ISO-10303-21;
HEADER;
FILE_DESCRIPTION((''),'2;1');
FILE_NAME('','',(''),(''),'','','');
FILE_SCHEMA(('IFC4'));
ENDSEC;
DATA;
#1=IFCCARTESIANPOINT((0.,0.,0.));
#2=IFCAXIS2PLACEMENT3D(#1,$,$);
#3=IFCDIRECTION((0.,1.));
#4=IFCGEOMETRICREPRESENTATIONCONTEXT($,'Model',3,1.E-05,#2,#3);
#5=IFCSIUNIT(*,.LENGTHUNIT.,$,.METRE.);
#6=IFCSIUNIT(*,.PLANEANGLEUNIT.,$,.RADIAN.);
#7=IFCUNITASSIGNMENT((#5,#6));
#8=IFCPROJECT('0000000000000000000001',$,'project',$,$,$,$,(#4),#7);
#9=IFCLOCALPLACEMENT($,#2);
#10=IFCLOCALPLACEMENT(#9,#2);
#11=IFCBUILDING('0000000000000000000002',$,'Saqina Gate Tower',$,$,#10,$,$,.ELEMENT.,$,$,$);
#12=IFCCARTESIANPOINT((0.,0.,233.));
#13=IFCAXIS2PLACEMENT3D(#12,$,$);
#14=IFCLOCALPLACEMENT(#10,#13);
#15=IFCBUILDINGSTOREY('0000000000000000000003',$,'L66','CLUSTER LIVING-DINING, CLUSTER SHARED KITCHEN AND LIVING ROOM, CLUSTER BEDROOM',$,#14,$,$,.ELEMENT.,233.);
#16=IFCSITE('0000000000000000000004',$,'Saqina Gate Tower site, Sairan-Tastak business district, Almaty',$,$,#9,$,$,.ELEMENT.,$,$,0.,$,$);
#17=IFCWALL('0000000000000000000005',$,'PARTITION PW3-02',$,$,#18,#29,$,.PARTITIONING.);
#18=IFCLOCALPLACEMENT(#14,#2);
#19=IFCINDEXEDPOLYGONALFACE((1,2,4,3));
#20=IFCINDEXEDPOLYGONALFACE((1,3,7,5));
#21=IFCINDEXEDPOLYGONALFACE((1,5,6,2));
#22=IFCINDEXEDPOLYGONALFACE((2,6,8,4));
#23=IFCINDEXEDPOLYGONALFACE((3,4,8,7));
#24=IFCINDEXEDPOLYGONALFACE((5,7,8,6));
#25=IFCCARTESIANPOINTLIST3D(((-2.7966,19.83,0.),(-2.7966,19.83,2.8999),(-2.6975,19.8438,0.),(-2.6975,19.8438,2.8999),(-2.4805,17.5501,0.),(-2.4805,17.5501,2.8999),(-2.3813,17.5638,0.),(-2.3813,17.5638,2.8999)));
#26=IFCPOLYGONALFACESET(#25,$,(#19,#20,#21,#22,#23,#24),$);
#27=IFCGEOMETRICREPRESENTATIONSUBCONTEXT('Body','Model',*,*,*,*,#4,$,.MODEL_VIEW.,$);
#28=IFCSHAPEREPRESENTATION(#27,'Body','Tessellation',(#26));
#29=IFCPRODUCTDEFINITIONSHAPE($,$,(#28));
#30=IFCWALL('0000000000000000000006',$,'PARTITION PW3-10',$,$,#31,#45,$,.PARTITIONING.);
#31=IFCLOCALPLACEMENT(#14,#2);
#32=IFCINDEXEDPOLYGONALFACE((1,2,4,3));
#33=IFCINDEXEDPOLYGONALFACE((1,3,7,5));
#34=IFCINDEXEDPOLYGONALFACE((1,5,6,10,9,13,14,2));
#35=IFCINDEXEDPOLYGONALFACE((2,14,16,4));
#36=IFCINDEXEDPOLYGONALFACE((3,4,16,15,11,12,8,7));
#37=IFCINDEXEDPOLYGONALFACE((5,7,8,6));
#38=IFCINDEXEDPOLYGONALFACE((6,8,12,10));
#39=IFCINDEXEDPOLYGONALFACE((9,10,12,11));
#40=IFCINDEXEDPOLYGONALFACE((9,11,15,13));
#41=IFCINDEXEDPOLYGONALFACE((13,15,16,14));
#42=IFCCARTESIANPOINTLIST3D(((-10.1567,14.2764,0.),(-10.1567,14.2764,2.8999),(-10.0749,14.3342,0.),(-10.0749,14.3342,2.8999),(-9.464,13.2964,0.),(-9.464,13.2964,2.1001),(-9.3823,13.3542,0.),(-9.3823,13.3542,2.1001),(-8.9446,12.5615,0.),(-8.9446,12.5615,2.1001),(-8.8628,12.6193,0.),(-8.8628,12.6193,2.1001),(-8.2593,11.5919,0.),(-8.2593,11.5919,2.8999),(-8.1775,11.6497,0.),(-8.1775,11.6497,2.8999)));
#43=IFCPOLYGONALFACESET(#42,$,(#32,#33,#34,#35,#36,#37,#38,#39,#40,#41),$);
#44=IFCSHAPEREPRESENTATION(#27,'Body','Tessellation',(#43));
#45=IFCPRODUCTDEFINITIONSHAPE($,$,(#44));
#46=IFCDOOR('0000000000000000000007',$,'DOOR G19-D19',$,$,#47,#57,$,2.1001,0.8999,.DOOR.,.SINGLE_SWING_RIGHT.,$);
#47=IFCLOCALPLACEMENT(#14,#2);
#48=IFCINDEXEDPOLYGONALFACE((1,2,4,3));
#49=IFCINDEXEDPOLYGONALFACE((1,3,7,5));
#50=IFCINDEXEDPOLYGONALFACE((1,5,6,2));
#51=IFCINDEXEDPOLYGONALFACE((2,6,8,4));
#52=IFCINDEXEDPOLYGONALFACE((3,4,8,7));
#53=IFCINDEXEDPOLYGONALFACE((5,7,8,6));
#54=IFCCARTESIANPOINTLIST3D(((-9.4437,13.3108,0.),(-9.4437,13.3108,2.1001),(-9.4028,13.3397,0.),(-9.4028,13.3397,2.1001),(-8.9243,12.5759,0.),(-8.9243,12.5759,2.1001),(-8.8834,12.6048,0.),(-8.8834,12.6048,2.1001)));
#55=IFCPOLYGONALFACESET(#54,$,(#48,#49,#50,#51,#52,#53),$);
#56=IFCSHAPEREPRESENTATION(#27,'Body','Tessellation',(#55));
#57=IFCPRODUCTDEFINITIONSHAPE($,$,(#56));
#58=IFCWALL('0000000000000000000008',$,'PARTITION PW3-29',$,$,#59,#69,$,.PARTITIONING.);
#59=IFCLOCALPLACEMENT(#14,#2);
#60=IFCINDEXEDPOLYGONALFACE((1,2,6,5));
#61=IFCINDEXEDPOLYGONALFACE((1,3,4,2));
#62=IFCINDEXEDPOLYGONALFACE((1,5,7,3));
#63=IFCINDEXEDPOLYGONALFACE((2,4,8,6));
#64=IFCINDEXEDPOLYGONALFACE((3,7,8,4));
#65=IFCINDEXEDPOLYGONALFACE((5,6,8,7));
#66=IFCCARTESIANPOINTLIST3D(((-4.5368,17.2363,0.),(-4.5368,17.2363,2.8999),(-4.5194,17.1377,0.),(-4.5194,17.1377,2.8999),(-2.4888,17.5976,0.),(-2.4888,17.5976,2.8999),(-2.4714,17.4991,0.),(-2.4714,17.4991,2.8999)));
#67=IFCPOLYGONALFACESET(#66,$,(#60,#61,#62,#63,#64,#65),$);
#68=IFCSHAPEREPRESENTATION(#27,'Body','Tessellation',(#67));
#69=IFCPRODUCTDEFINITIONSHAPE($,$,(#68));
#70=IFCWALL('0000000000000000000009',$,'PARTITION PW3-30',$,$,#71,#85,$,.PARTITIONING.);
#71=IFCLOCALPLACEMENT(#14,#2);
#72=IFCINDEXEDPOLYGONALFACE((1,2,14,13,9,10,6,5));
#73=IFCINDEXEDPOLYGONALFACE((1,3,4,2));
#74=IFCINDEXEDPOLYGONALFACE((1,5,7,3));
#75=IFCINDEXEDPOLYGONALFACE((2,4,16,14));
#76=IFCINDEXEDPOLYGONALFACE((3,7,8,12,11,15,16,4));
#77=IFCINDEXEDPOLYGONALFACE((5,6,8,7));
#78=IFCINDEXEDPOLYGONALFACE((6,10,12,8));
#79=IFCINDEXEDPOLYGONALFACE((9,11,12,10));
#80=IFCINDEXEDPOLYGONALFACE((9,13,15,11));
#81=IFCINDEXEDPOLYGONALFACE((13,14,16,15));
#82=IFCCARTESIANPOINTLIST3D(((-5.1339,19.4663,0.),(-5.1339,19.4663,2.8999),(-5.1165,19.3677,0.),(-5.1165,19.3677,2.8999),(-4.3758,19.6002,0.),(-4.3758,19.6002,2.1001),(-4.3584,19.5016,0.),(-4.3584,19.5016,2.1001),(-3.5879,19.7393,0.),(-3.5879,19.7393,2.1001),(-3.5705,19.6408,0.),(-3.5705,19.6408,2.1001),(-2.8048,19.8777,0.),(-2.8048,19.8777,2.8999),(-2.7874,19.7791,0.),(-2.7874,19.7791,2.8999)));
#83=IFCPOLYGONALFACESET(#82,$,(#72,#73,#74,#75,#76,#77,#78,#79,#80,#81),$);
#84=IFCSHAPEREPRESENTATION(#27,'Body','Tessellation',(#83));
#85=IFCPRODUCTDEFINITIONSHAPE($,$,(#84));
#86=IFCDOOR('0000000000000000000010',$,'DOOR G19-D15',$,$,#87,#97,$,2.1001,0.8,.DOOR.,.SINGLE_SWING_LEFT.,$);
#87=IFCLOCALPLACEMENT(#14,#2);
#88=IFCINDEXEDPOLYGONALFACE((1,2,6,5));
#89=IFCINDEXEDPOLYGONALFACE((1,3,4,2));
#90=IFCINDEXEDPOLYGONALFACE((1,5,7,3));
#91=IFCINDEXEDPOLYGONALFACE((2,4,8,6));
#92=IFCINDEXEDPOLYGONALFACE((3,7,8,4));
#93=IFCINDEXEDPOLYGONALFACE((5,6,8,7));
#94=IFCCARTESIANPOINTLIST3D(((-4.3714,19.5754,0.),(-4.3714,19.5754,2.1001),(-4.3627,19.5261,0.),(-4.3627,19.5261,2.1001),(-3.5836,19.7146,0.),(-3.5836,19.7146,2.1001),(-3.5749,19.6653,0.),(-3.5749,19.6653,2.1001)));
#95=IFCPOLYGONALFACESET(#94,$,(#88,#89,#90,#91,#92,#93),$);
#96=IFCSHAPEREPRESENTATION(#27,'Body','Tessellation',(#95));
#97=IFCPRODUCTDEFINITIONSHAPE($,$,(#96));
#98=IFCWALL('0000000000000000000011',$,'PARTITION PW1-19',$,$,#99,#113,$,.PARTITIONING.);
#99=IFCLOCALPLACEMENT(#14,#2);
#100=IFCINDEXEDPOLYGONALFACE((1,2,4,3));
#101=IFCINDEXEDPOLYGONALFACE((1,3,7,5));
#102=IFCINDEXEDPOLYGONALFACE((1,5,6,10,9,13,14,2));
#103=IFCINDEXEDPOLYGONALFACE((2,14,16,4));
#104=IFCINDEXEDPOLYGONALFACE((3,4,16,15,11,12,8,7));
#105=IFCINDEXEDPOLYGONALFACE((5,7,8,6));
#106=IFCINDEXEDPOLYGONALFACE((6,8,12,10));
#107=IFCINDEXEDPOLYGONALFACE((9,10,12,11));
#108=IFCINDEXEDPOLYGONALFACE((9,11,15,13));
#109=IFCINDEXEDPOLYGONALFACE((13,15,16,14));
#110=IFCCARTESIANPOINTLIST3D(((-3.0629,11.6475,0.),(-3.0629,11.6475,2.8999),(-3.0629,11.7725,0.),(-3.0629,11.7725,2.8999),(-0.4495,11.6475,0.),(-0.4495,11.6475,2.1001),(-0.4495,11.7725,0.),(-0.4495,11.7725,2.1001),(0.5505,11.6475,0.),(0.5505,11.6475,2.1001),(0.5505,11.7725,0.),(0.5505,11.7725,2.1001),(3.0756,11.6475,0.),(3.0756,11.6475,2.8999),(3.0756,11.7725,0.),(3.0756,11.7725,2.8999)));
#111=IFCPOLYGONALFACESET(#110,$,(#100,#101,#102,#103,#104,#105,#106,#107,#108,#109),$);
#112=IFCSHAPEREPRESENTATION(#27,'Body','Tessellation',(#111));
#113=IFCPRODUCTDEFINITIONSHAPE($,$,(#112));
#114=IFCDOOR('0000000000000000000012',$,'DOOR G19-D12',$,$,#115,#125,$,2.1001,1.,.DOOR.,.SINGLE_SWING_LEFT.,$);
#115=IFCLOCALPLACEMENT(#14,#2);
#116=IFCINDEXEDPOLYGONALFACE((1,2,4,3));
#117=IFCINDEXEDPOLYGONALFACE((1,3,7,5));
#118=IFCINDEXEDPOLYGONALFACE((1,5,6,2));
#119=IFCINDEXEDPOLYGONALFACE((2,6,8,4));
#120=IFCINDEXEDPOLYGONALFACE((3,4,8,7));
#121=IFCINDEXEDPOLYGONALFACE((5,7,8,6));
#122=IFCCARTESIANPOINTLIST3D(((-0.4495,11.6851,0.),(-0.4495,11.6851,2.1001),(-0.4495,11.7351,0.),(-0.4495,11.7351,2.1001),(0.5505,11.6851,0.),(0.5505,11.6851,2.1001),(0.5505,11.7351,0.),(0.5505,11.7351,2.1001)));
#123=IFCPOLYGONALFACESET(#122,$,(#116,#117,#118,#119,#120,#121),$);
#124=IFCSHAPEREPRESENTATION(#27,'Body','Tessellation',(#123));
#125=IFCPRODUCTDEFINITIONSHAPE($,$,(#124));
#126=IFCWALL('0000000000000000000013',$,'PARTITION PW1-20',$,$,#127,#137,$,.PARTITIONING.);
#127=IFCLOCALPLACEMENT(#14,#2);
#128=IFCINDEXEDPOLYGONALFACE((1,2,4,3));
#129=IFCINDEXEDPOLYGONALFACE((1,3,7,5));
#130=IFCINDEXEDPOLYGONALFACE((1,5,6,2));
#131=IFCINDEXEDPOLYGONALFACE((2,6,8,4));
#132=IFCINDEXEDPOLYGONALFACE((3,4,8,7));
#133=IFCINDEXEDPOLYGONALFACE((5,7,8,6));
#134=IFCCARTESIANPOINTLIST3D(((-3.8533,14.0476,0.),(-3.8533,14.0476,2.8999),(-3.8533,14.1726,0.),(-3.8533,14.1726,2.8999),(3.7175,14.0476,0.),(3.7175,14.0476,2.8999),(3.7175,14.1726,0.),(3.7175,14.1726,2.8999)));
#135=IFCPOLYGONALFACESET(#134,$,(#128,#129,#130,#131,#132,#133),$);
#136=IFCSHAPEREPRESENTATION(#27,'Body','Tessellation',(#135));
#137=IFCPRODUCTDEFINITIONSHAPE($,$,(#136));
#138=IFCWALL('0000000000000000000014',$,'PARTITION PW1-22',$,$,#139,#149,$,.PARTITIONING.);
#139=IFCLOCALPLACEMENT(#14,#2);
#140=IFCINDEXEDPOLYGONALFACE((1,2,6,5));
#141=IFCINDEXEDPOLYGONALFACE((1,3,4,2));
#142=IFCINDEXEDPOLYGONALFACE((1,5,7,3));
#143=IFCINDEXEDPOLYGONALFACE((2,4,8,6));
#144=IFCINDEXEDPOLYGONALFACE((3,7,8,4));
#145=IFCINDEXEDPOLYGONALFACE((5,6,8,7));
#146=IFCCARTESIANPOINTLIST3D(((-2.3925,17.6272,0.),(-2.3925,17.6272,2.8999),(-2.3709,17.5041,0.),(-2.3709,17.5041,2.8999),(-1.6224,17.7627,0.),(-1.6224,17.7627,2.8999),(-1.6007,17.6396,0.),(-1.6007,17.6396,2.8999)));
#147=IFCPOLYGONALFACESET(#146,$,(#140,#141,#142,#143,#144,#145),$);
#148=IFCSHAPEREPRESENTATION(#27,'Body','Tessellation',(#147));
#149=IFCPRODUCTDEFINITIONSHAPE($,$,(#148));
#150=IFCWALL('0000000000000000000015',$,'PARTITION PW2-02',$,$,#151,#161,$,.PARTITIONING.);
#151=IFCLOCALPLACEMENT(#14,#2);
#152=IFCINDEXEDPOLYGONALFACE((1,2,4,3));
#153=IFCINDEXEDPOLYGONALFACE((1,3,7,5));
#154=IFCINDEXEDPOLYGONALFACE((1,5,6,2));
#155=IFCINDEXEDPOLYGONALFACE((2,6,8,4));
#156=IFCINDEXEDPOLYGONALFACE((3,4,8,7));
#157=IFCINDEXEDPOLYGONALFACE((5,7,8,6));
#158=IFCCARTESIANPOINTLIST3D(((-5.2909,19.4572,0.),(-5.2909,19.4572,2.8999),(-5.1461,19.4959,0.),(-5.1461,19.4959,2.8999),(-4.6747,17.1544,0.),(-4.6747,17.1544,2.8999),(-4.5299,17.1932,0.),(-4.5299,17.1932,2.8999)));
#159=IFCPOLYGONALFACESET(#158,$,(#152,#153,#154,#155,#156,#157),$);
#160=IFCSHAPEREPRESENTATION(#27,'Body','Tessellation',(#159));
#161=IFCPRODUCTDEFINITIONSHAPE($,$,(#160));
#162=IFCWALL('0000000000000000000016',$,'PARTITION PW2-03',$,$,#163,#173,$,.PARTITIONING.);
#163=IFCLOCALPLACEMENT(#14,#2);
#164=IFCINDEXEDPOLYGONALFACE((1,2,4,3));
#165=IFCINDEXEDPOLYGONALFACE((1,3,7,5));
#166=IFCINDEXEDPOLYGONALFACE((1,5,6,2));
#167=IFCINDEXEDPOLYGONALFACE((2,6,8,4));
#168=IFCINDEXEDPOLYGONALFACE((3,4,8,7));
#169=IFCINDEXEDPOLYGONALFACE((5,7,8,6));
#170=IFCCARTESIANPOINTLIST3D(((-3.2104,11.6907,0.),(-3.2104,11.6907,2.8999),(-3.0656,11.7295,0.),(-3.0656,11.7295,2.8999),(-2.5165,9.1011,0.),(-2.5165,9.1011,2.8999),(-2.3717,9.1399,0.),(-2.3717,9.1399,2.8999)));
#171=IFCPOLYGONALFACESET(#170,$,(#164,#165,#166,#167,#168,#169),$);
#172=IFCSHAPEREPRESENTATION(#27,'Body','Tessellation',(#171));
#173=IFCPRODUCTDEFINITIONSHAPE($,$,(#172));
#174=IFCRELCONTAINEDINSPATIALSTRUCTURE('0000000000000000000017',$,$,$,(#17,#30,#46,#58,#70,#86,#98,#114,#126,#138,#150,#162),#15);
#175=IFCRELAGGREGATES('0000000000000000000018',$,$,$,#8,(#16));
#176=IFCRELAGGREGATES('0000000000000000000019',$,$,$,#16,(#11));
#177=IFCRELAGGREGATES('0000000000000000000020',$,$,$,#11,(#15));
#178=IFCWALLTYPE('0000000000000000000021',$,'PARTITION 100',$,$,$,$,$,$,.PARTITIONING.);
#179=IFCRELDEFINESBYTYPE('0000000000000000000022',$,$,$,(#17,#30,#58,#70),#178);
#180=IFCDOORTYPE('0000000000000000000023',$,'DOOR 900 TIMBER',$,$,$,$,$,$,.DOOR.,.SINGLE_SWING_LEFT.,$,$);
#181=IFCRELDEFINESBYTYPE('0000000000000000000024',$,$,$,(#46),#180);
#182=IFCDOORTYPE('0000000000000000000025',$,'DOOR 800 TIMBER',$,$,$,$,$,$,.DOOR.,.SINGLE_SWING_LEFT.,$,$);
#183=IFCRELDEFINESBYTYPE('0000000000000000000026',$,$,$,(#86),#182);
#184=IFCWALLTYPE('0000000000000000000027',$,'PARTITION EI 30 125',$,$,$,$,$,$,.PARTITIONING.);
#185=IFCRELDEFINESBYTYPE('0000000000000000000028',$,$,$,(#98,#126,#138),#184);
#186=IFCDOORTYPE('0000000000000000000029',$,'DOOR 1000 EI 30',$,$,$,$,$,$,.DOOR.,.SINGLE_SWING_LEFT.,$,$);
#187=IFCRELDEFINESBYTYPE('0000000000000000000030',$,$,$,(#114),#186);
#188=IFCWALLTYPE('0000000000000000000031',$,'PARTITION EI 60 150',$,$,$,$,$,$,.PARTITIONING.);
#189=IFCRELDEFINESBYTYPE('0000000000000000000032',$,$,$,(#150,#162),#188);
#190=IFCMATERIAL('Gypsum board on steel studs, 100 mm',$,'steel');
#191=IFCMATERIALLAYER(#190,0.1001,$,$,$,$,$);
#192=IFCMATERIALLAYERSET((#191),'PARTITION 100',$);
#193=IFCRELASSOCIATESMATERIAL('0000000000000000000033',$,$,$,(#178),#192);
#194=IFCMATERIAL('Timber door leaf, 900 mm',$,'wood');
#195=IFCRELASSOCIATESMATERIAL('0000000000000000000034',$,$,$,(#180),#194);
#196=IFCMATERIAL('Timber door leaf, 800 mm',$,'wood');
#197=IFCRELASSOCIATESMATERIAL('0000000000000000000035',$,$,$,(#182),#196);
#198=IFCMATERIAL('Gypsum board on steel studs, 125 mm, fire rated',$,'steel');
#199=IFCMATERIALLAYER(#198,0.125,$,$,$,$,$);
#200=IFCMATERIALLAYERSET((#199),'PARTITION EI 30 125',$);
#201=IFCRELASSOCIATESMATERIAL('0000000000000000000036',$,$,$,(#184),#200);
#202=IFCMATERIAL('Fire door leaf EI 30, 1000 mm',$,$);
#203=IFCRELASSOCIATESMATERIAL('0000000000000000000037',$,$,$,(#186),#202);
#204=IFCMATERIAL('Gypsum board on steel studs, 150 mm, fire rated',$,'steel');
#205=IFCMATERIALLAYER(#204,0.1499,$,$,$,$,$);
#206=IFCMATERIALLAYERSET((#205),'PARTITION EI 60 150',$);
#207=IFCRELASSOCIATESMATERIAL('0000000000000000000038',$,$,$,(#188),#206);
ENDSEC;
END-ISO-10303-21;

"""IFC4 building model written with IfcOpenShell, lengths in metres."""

from ifc_helpers import new_model, si_unit, direction, frame, frame_2d, origin, place, context, subcontext, project, spatial, rectangle, extrude, material, layer, layer_set, type_object, element, fill, save


model = new_model("IFC4")

# Units and contexts
model_context = context("Model", 3, precision=1e-05, world=origin(), true_north=direction((0.0, 1.0)))
body_context = subcontext(model_context, "Body", "Model", "MODEL_VIEW")
ifc_project = project(units=[si_unit("LENGTHUNIT", "METRE"), si_unit("PLANEANGLEUNIT", "RADIAN")], contexts=[model_context])

# Site, building, storey
site_placement = place(None, origin())
site = spatial("IfcSite", under=ifc_project, at=site_placement, Name="Saqina Gate Tower site, Sairan-Tastak business district, Almaty", CompositionType="ELEMENT", RefElevation=0.0)
building_placement = place(site_placement, origin())
building = spatial("IfcBuilding", under=site, at=building_placement, Name="Saqina Gate Tower", CompositionType="ELEMENT")
storey_placement = place(building_placement, frame((0.0, 0.0, 233.0)))
storey = spatial("IfcBuildingStorey", under=building, at=storey_placement, Name="L66", Description="CLUSTER LIVING-DINING, CLUSTER SHARED KITCHEN AND LIVING ROOM, CLUSTER BEDROOM", CompositionType="ELEMENT", Elevation=233.0)

# Wall
ifc_material_1 = material(Name="Gypsum board on steel studs, 100 mm", Category="steel")
ifc_layer_1 = layer(ifc_material_1, 0.1001)
ifc_layer_set_1 = layer_set([ifc_layer_1], Name="PARTITION 100")
wall_type_1 = type_object("IfcWallType", Name="PARTITION 100", PredefinedType="PARTITIONING", material=ifc_layer_set_1)
wall_1_placement = place(storey_placement, frame((-2.7471, 19.8369, 0.0), z_axis=(0.0, 0.0, 1.0), x_axis=(0.137352, -0.990522, 0.0)))
element("IfcWall", 1, at=wall_1_placement, inside=storey, type_object=wall_type_1, Name="PARTITION PW3-02", PredefinedType="PARTITIONING", context=body_context, shape_type="SweptSolid", body=[
    extrude(rectangle(XDim=2.3018, YDim=0.1001, at=frame_2d((1.1509, 0.0))), origin(), (0.0, 0.0, 1.0), 2.8999),
])

# Wall, opening, door
wall_2_placement = place(storey_placement, frame((-10.1157, 14.3052, 0.0), z_axis=(0.0, 0.0, 1.0), x_axis=(0.577185, -0.816614, 0.0)))
wall_2 = element("IfcWall", 2, at=wall_2_placement, inside=storey, type_object=wall_type_1, Name="PARTITION PW3-10", PredefinedType="PARTITIONING", context=body_context, shape_type="SweptSolid", body=[
    extrude(rectangle(XDim=3.2874, YDim=0.1001, at=frame_2d((1.6436, 0.0))), origin(), (0.0, 0.0, 1.0), 2.8999),
])
opening_1_placement = place(wall_2_placement, frame((1.2, 0.0, 0.0)))
opening_1 = element("IfcOpeningElement", 3, at=opening_1_placement, cuts=wall_2, PredefinedType="OPENING", context=body_context, shape_type="SweptSolid", body=[
    extrude(rectangle(XDim=0.8999, YDim=2.1001, at=frame_2d((0.45, 1.05))), frame((0.0, 0.062, 0.0), z_axis=(0.0, -1.0, 0.0), x_axis=(1.0, 0.0, 0.0)), (0.0, 0.0, 1.0), 0.124),
])
ifc_material_2 = material(Name="Timber door leaf, 900 mm", Category="wood")
door_type_1 = type_object("IfcDoorType", Name="DOOR 900 TIMBER", OperationType="SINGLE_SWING_LEFT", PredefinedType="DOOR", material=ifc_material_2)
door_1_placement = place(opening_1_placement, origin())
door_1 = element("IfcDoor", 4, at=door_1_placement, inside=storey, type_object=door_type_1, Name="DOOR G19-D19", OperationType="SINGLE_SWING_RIGHT", OverallHeight=2.1001, OverallWidth=0.8999, PredefinedType="DOOR", context=body_context, shape_type="SweptSolid", body=[
    extrude(rectangle(XDim=0.8999, YDim=2.1001, at=frame_2d((0.45, 1.05))), frame((0.0, 0.0249, 0.0), z_axis=(0.0, -1.0, 0.0), x_axis=(1.0, 0.0, 0.0)), (0.0, 0.0, 1.0), 0.05),
])
fill(opening_1, door_1)

# Wall
wall_3_placement = place(storey_placement, frame((-4.5281, 17.187, 0.0), z_axis=(0.0, 0.0, 1.0), x_axis=(0.984788, 0.173759, 0.0)))
element("IfcWall", 5, at=wall_3_placement, inside=storey, type_object=wall_type_1, Name="PARTITION PW3-29", PredefinedType="PARTITIONING", context=body_context, shape_type="SweptSolid", body=[
    extrude(rectangle(XDim=2.0796, YDim=0.1001, at=frame_2d((1.0398, 0.0))), origin(), (0.0, 0.0, 1.0), 2.8999),
])

# Walls, openings, doors
wall_4_placement = place(storey_placement, frame((-5.1252, 19.417, 0.0), z_axis=(0.0, 0.0, 1.0), x_axis=(0.984758, 0.173933, 0.0)))
wall_4 = element("IfcWall", 6, at=wall_4_placement, inside=storey, type_object=wall_type_1, Name="PARTITION PW3-30", PredefinedType="PARTITIONING", context=body_context, shape_type="SweptSolid", body=[
    extrude(rectangle(XDim=2.3652, YDim=0.1001, at=frame_2d((1.1826, 0.0))), origin(), (0.0, 0.0, 1.0), 2.8999),
])
opening_2_placement = place(wall_4_placement, frame((0.77, 0.0, 0.0)))
opening_2 = element("IfcOpeningElement", 7, at=opening_2_placement, cuts=wall_4, PredefinedType="OPENING", context=body_context, shape_type="SweptSolid", body=[
    extrude(rectangle(XDim=0.8, YDim=2.1001, at=frame_2d((0.3999, 1.05))), frame((0.0, 0.062, 0.0), z_axis=(0.0, -1.0, 0.0), x_axis=(1.0, 0.0, 0.0)), (0.0, 0.0, 1.0), 0.124),
])
ifc_material_3 = material(Name="Timber door leaf, 800 mm", Category="wood")
door_type_2 = type_object("IfcDoorType", Name="DOOR 800 TIMBER", OperationType="SINGLE_SWING_LEFT", PredefinedType="DOOR", material=ifc_material_3)
door_2_placement = place(opening_2_placement, origin())
door_2 = element("IfcDoor", 8, at=door_2_placement, inside=storey, type_object=door_type_2, Name="DOOR G19-D15", OperationType="SINGLE_SWING_LEFT", OverallHeight=2.1001, OverallWidth=0.8, PredefinedType="DOOR", context=body_context, shape_type="SweptSolid", body=[
    extrude(rectangle(XDim=0.8, YDim=2.1001, at=frame_2d((0.3999, 1.05))), frame((0.0, 0.0249, 0.0), z_axis=(0.0, -1.0, 0.0), x_axis=(1.0, 0.0, 0.0)), (0.0, 0.0, 1.0), 0.05),
])
fill(opening_2, door_2)
ifc_material_4 = material(Name="Gypsum board on steel studs, 125 mm, fire rated", Category="steel")
ifc_layer_2 = layer(ifc_material_4, 0.125)
ifc_layer_set_2 = layer_set([ifc_layer_2], Name="PARTITION EI 30 125")
wall_type_2 = type_object("IfcWallType", Name="PARTITION EI 30 125", PredefinedType="PARTITIONING", material=ifc_layer_set_2)
wall_5_placement = place(storey_placement, frame((-3.063, 11.71, 0.0), z_axis=(0.0, 0.0, 1.0), x_axis=(1.0, 0.0, 0.0)))
wall_5 = element("IfcWall", 9, at=wall_5_placement, inside=storey, type_object=wall_type_2, Name="PARTITION PW1-19", PredefinedType="PARTITIONING", context=body_context, shape_type="SweptSolid", body=[
    extrude(rectangle(XDim=6.1384, YDim=0.125, at=frame_2d((3.0693, 0.0))), origin(), (0.0, 0.0, 1.0), 2.8999),
])
opening_3_placement = place(wall_5_placement, frame((2.6135, 0.0, 0.0)))
opening_3 = element("IfcOpeningElement", 10, at=opening_3_placement, cuts=wall_5, PredefinedType="OPENING", context=body_context, shape_type="SweptSolid", body=[
    extrude(rectangle(XDim=1.0, YDim=2.1001, at=frame_2d((0.5, 1.05))), frame((0.0, 0.0745, 0.0), z_axis=(0.0, -1.0, 0.0), x_axis=(1.0, 0.0, 0.0)), (0.0, 0.0, 1.0), 0.1489),
])
ifc_material_5 = material(Name="Fire door leaf EI 30, 1000 mm")
door_type_3 = type_object("IfcDoorType", Name="DOOR 1000 EI 30", OperationType="SINGLE_SWING_LEFT", PredefinedType="DOOR", material=ifc_material_5)
door_3_placement = place(opening_3_placement, frame((1.0, 0.0, 0.0), z_axis=(0.0, 0.0, 1.0), x_axis=(-1.0, 0.0, 0.0)))
door_3 = element("IfcDoor", 11, at=door_3_placement, inside=storey, type_object=door_type_3, Name="DOOR G19-D12", OperationType="SINGLE_SWING_LEFT", OverallHeight=2.1001, OverallWidth=1.0, PredefinedType="DOOR", context=body_context, shape_type="SweptSolid", body=[
    extrude(rectangle(XDim=1.0, YDim=2.1001, at=frame_2d((0.5, 1.05))), frame((0.0, 0.0249, 0.0), z_axis=(0.0, -1.0, 0.0), x_axis=(1.0, 0.0, 0.0)), (0.0, 0.0, 1.0), 0.05),
])
fill(opening_3, door_3)

# Walls
wall_6_placement = place(storey_placement, frame((-3.8533, 14.1101, 0.0), z_axis=(0.0, 0.0, 1.0), x_axis=(1.0, 0.0, 0.0)))
element("IfcWall", 12, at=wall_6_placement, inside=storey, type_object=wall_type_2, Name="PARTITION PW1-20", PredefinedType="PARTITIONING", context=body_context, shape_type="SweptSolid", body=[
    extrude(rectangle(XDim=7.5708, YDim=0.125, at=frame_2d((3.7854, 0.0))), origin(), (0.0, 0.0, 1.0), 2.8999),
])
wall_7_placement = place(storey_placement, frame((-2.3818, 17.5657, 0.0), z_axis=(0.0, 0.0, 1.0), x_axis=(0.984878, 0.173251, 0.0)))
element("IfcWall", 13, at=wall_7_placement, inside=storey, type_object=wall_type_2, Name="PARTITION PW1-22", PredefinedType="PARTITIONING", context=body_context, shape_type="SweptSolid", body=[
    extrude(rectangle(XDim=0.782, YDim=0.125, at=frame_2d((0.3911, 0.0))), origin(), (0.0, 0.0, 1.0), 2.8999),
])
ifc_material_6 = material(Name="Gypsum board on steel studs, 150 mm, fire rated", Category="steel")
ifc_layer_3 = layer(ifc_material_6, 0.1499)
ifc_layer_set_3 = layer_set([ifc_layer_3], Name="PARTITION EI 60 150")
wall_type_3 = type_object("IfcWallType", Name="PARTITION EI 60 150", PredefinedType="PARTITIONING", material=ifc_layer_set_3)
wall_8_placement = place(storey_placement, frame((-5.2185, 19.4766, 0.0), z_axis=(0.0, 0.0, 1.0), x_axis=(0.258504, -0.96601, 0.0)))
element("IfcWall", 14, at=wall_8_placement, inside=storey, type_object=wall_type_3, Name="PARTITION PW2-02", PredefinedType="PARTITIONING", context=body_context, shape_type="SweptSolid", body=[
    extrude(rectangle(XDim=2.3838, YDim=0.1499, at=frame_2d((1.1919, 0.0))), origin(), (0.0, 0.0, 1.0), 2.8999),
])
wall_9_placement = place(storey_placement, frame((-3.1379, 11.71, 0.0), z_axis=(0.0, 0.0, 1.0), x_axis=(0.258807, -0.965929, 0.0)))
element("IfcWall", 15, at=wall_9_placement, inside=storey, type_object=wall_type_3, Name="PARTITION PW2-03", PredefinedType="PARTITIONING", context=body_context, shape_type="SweptSolid", body=[
    extrude(rectangle(XDim=2.6809, YDim=0.1499, at=frame_2d((1.3403, 0.0))), origin(), (0.0, 0.0, 1.0), 2.8999),
])

save(model, "model.ifc")
